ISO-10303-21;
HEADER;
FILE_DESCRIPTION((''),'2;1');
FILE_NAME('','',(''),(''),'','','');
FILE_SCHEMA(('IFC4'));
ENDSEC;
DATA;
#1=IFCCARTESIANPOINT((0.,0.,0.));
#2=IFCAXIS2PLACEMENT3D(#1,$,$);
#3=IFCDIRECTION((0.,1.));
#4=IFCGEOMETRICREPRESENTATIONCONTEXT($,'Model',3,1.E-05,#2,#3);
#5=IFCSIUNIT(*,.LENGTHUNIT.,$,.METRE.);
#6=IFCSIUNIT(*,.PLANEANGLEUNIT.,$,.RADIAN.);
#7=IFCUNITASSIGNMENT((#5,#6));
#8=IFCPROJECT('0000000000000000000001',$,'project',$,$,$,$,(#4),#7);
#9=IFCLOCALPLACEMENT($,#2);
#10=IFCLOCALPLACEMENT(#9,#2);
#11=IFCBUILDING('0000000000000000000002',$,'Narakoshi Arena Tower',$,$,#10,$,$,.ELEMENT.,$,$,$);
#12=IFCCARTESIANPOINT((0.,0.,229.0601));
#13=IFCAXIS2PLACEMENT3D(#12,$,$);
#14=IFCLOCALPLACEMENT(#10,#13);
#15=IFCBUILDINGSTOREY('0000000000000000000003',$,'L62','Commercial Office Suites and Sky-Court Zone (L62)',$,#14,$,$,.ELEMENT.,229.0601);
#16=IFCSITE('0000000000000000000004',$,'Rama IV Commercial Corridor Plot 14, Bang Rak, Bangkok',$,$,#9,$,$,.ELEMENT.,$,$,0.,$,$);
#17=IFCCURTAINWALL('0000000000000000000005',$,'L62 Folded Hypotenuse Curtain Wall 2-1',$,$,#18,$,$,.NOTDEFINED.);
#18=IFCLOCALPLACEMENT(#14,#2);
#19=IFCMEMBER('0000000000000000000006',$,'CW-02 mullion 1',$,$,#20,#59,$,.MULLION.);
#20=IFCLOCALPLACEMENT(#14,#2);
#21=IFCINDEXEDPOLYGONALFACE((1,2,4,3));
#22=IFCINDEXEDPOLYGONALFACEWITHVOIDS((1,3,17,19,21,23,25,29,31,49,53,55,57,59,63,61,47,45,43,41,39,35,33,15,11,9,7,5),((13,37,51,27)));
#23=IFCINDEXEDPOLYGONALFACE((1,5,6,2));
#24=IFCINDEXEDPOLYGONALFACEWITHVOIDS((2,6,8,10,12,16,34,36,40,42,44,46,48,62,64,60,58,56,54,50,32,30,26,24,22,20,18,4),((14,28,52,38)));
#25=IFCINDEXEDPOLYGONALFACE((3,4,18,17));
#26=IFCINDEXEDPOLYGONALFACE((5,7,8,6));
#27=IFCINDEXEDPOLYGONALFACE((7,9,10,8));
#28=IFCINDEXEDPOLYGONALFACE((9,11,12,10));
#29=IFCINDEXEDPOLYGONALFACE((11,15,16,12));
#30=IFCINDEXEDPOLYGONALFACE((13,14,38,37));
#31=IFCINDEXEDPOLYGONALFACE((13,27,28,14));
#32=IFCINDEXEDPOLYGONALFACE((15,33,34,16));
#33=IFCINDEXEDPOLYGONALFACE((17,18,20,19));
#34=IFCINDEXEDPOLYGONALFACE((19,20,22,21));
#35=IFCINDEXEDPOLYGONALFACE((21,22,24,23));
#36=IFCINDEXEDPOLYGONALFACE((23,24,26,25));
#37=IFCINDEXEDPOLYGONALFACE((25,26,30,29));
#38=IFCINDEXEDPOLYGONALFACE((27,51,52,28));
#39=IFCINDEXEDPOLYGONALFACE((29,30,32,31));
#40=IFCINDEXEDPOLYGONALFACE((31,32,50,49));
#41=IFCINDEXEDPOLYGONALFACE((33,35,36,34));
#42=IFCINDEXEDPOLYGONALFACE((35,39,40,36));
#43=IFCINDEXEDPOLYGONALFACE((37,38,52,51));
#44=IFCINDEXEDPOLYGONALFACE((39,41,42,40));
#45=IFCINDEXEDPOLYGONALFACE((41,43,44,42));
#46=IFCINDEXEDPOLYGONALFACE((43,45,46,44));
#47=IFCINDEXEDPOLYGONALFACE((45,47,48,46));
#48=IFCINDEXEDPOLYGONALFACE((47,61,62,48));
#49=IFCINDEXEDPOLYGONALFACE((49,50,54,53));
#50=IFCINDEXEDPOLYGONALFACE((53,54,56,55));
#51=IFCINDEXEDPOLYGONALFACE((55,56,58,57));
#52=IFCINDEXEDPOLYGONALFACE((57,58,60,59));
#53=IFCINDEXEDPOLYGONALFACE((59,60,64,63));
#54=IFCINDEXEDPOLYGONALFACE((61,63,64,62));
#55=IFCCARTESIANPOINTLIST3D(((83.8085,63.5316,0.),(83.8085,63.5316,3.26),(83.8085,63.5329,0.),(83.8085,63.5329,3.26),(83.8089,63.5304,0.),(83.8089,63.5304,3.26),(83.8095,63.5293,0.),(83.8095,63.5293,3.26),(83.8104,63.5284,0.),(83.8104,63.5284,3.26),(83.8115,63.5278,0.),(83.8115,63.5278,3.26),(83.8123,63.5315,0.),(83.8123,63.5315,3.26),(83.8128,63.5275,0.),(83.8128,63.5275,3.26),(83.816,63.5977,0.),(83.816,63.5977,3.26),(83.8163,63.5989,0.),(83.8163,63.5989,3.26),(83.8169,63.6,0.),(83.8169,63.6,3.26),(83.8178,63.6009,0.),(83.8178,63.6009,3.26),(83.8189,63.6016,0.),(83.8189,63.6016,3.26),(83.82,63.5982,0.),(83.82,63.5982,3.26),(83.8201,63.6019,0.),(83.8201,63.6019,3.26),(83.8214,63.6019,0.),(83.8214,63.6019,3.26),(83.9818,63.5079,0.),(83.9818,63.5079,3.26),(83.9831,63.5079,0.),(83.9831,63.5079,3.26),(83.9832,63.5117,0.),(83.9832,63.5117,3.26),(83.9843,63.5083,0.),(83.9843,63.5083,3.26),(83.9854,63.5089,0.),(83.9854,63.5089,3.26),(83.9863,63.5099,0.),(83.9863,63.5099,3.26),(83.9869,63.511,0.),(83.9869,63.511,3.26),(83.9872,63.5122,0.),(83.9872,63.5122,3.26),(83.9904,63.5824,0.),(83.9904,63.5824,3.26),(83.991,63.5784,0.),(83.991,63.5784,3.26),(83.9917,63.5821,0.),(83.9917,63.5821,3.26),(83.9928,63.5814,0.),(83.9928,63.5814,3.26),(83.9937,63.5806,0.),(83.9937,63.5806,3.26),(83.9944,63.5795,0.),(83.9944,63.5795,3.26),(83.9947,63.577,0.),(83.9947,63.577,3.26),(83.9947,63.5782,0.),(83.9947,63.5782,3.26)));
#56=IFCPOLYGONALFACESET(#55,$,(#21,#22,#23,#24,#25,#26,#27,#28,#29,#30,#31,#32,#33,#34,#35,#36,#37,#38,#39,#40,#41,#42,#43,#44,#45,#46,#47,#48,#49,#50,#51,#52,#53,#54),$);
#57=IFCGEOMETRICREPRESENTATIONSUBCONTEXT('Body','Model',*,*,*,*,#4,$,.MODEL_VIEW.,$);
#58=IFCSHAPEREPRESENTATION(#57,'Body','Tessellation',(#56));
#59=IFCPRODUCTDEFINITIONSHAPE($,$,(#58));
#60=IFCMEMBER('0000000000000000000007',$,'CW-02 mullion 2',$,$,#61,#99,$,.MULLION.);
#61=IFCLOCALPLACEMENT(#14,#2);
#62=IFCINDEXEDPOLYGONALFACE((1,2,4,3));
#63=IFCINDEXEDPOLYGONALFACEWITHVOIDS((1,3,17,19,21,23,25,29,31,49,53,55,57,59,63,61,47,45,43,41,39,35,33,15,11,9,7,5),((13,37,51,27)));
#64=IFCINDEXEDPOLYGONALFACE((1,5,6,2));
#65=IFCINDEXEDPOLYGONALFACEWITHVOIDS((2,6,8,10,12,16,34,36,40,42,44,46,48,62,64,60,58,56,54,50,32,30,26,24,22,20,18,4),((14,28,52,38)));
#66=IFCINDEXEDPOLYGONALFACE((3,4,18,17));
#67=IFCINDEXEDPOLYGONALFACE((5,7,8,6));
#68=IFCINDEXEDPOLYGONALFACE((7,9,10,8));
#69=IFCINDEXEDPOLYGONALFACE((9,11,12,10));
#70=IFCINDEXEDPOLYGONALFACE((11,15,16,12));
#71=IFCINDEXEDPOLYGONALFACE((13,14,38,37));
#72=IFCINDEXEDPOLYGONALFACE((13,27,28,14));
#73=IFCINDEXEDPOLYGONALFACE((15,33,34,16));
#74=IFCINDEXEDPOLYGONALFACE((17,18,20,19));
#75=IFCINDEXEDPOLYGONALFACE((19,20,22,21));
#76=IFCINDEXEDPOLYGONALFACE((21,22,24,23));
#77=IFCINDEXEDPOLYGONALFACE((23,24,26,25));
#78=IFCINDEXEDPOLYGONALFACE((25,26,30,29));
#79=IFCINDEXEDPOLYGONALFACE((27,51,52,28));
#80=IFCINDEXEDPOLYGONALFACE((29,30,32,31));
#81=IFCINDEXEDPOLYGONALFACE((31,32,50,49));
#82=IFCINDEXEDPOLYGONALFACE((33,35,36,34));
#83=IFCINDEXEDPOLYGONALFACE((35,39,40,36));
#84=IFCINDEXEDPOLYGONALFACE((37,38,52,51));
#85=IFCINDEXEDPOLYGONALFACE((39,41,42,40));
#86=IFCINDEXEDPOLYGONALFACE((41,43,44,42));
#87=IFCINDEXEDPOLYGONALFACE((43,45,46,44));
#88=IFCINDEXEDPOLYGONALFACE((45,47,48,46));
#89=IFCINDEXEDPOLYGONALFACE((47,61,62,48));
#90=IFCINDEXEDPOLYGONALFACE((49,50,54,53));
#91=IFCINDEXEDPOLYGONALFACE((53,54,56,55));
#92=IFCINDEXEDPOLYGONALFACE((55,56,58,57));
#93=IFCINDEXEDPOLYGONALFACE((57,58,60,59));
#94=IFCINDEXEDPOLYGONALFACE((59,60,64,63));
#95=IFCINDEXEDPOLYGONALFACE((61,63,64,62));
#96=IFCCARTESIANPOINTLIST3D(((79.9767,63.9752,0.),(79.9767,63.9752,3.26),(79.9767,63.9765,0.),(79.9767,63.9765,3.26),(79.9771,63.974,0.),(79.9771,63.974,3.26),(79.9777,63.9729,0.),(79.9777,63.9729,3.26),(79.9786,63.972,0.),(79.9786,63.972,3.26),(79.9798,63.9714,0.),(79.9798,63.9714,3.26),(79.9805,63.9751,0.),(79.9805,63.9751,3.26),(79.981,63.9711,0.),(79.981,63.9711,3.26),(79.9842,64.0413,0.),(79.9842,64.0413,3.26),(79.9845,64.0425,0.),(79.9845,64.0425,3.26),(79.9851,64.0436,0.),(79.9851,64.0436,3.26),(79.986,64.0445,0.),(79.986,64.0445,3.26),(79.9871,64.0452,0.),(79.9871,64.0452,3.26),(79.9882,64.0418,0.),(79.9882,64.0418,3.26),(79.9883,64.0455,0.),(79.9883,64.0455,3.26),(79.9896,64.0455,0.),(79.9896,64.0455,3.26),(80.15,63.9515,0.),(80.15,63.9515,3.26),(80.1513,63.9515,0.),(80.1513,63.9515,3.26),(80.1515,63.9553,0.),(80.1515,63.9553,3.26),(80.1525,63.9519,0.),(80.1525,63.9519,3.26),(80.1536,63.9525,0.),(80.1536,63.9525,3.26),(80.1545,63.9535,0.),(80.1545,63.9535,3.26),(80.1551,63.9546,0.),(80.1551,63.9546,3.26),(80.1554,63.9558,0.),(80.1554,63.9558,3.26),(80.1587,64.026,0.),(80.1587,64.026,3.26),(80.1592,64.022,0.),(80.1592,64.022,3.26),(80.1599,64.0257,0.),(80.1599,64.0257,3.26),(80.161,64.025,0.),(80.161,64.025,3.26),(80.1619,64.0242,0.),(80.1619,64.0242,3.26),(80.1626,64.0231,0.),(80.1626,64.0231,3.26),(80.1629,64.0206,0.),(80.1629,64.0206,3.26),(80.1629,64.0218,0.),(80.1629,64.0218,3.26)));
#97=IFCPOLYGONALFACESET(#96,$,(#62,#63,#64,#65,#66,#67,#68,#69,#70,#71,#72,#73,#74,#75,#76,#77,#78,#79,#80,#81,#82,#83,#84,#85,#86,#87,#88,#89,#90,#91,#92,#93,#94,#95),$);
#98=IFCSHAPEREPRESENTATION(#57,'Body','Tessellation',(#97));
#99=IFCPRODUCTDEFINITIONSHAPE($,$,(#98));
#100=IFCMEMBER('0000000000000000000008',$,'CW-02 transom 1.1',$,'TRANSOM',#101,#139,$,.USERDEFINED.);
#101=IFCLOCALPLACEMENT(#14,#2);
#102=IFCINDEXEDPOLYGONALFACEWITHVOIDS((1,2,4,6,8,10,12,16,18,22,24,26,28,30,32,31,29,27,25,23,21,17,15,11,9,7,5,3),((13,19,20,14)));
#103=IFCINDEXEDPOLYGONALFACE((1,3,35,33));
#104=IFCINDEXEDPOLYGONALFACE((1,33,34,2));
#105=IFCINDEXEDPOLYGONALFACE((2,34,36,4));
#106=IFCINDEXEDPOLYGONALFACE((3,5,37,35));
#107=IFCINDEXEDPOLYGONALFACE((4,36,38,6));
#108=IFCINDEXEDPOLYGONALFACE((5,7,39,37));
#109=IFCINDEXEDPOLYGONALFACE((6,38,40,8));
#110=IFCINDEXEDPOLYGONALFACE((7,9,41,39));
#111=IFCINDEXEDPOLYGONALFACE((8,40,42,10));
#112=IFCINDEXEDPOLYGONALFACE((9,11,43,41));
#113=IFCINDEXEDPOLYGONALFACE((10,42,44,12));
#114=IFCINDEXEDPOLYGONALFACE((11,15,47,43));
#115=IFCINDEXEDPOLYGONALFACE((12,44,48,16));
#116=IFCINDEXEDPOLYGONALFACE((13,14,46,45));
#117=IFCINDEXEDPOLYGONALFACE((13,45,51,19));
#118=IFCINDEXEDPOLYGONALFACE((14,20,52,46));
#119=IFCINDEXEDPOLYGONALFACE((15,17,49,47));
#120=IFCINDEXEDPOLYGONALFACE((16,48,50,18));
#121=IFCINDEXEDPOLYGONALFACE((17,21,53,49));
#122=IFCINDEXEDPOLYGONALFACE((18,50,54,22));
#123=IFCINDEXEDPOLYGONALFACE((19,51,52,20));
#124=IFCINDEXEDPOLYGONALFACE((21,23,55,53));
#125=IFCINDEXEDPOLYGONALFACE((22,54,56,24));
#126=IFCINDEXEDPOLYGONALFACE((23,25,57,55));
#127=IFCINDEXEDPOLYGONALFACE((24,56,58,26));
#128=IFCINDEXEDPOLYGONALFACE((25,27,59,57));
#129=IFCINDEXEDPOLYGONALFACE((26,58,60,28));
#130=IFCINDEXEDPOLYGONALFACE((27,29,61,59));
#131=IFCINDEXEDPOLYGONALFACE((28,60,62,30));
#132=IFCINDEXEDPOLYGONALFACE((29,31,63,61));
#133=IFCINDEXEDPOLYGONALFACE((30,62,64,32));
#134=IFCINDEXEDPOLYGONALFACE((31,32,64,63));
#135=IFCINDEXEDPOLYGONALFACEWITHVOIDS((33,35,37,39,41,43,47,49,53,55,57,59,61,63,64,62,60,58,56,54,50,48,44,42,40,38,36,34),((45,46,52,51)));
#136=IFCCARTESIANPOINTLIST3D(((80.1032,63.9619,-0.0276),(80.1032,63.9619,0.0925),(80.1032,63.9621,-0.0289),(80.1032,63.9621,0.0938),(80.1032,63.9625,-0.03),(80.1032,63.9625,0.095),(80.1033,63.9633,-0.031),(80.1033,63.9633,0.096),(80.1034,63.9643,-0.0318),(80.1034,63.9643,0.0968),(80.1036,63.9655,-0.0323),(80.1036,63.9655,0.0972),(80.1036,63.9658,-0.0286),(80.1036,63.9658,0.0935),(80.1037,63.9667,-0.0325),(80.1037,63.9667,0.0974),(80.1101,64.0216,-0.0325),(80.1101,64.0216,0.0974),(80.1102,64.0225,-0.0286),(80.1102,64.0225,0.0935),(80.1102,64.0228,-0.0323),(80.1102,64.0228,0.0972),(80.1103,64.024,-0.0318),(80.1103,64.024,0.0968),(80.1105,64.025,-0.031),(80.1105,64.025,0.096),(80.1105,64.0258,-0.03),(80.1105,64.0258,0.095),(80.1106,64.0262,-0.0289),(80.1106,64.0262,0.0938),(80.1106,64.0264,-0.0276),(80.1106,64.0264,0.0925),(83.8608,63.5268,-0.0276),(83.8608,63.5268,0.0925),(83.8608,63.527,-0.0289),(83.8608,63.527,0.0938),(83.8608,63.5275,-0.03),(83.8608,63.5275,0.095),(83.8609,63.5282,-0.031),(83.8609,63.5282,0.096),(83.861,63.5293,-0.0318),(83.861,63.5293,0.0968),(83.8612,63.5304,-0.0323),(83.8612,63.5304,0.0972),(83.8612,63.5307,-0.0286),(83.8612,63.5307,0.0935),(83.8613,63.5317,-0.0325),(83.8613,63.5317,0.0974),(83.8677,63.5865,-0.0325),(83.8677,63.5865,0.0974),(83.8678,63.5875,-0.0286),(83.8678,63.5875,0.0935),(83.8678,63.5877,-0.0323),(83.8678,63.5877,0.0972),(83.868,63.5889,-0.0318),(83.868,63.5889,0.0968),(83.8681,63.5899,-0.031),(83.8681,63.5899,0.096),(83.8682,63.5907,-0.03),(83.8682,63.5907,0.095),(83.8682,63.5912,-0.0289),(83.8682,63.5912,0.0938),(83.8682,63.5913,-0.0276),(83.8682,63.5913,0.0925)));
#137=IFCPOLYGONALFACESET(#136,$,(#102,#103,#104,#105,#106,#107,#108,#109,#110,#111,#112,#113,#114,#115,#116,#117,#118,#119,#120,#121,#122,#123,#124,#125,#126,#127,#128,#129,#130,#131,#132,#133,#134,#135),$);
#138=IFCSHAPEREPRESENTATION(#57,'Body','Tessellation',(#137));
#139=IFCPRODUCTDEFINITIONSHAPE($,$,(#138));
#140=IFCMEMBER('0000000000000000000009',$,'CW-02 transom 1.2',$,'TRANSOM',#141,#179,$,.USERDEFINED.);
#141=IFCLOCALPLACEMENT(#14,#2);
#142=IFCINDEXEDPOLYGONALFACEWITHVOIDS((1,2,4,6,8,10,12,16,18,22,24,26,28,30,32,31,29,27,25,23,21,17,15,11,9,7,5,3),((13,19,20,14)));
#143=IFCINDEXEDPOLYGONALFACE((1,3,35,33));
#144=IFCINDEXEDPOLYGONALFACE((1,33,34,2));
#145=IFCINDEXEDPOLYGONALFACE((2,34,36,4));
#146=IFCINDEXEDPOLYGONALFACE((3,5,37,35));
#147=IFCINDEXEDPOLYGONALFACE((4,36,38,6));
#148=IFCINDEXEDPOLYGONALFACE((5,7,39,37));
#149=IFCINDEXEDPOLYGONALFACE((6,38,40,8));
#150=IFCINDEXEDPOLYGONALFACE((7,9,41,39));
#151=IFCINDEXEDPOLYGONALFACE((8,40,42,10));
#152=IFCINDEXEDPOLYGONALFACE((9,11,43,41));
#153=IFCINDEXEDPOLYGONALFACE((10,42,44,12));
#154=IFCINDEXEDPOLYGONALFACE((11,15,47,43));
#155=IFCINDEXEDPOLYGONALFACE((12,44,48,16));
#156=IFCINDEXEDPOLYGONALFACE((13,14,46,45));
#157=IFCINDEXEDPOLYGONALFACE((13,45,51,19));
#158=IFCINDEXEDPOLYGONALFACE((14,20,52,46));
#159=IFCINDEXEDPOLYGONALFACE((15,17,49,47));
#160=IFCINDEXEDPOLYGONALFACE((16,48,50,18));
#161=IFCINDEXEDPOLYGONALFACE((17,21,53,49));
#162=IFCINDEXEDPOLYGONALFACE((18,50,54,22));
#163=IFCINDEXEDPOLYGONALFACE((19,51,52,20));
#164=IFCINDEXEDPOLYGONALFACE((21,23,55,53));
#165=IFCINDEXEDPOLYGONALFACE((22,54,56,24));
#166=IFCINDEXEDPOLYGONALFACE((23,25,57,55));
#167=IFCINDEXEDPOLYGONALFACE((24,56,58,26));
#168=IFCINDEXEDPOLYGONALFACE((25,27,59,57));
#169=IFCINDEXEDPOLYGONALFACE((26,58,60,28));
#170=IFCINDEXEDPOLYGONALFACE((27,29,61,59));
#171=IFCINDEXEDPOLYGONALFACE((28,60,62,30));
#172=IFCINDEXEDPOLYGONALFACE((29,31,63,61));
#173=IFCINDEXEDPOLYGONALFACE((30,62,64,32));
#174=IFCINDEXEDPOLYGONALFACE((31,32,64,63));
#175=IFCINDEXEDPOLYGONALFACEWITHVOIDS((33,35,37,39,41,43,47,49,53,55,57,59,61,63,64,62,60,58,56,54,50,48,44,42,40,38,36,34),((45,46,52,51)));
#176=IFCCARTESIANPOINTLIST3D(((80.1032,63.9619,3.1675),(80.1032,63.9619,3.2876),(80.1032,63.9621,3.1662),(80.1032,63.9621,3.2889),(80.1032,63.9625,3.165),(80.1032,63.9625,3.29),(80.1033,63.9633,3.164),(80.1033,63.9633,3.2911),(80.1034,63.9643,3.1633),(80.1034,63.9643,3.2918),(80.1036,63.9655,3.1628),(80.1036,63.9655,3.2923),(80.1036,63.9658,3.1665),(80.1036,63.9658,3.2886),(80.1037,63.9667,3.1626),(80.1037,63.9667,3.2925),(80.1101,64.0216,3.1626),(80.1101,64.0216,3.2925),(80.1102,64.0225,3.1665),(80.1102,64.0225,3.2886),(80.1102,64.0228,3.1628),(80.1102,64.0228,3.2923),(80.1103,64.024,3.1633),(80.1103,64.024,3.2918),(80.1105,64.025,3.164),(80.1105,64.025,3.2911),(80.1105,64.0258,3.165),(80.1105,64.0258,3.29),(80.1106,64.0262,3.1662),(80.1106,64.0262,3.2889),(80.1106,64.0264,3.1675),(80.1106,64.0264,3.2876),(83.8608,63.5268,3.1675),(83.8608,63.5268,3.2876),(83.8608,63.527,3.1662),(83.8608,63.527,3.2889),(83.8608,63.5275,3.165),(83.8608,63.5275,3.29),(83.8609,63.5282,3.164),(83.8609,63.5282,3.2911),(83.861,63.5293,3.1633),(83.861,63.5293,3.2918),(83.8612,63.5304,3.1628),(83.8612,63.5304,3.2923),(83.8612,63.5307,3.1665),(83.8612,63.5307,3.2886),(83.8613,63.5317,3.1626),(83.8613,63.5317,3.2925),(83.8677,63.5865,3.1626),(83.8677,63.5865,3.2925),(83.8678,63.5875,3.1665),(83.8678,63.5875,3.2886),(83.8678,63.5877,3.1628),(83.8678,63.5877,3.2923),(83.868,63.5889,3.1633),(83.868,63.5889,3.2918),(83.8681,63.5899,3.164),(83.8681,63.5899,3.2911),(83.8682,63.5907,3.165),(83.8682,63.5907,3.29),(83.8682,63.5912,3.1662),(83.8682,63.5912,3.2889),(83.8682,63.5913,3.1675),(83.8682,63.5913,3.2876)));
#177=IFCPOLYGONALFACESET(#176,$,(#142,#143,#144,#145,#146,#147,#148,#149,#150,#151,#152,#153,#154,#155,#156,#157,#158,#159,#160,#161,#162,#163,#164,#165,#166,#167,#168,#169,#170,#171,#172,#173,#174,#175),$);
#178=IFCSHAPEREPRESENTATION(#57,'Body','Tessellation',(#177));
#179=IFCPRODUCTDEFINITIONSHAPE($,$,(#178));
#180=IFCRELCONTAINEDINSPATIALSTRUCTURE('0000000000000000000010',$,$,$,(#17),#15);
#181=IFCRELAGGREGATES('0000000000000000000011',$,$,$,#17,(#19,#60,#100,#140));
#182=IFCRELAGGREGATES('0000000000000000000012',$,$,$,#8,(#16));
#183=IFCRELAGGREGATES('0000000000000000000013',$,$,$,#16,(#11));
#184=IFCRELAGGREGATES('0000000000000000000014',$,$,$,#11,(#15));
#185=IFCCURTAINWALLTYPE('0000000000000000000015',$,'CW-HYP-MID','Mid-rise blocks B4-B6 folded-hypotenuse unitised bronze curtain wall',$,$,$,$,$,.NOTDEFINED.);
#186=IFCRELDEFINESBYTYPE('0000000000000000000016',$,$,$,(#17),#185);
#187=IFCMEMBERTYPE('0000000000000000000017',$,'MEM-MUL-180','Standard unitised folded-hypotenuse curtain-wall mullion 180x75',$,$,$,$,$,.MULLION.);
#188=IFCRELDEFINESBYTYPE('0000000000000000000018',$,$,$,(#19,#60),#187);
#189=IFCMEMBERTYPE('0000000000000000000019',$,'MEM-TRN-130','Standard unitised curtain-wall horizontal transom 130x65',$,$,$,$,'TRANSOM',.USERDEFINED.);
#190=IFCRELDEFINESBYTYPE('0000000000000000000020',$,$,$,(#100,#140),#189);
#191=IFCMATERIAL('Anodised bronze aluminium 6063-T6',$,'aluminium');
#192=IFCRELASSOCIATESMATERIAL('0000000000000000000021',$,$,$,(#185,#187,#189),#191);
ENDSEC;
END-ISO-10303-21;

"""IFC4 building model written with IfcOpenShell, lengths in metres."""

from ifc_helpers import new_model, si_unit, direction, frame, origin, origin_2d, place, context, subcontext, project, spatial, hollow_rectangle, extrude, material, material_profile, profile_set, type_object, element, aggregate, save


model = new_model("IFC4")

# Units and contexts
model_context = context("Model", 3, precision=1e-05, world=origin(), true_north=direction((0.0, 1.0)))
body_context = subcontext(model_context, "Body", "Model", "MODEL_VIEW")
ifc_project = project(units=[si_unit("LENGTHUNIT", "METRE"), si_unit("PLANEANGLEUNIT", "RADIAN")], contexts=[model_context])

# Site, building, storey
site_placement = place(None, origin())
site = spatial("IfcSite", under=ifc_project, at=site_placement, Name="Rama IV Commercial Corridor Plot 14, Bang Rak, Bangkok", CompositionType="ELEMENT", RefElevation=0.0)
building_placement = place(site_placement, origin())
building = spatial("IfcBuilding", under=site, at=building_placement, Name="Narakoshi Arena Tower", CompositionType="ELEMENT")
storey_placement = place(building_placement, frame((0.0, 0.0, 229.0601)))
storey = spatial("IfcBuildingStorey", under=building, at=storey_placement, Name="L62", Description="Commercial Office Suites and Sky-Court Zone (L62)", CompositionType="ELEMENT", Elevation=229.0601)

# Curtain wall, members
ifc_material_1 = material(Name="Anodised bronze aluminium 6063-T6", Category="aluminium")
curtain_wall_type = type_object("IfcCurtainWallType", Name="CW-HYP-MID", Description="Mid-rise blocks B4-B6 folded-hypotenuse unitised bronze curtain wall", PredefinedType="NOTDEFINED", material=ifc_material_1)
curtain_wall_placement = place(storey_placement, origin())
curtain_wall = element("IfcCurtainWall", 1, at=curtain_wall_placement, inside=storey, type_object=curtain_wall_type, Name="L62 Folded Hypotenuse Curtain Wall 2-1", PredefinedType="NOTDEFINED")
ifc_material_profile_1 = material_profile(ifc_material_1, hollow_rectangle(XDim=0.075, YDim=0.1799, WallThickness=0.0039, OuterFilletRadius=0.0049, at=origin_2d()), Name="MUL180x75x4")
ifc_profile_set_1 = profile_set([ifc_material_profile_1], Name="Anodised bronze aluminium 6063-T6")
member_type_1 = type_object("IfcMemberType", Name="MEM-MUL-180", Description="Standard unitised folded-hypotenuse curtain-wall mullion 180x75", PredefinedType="MULLION", material=ifc_profile_set_1)
member_1_placement = place(storey_placement, frame((83.9016, 63.5549, 0.0), z_axis=(0.0, 0.0, 1.0), x_axis=(-0.115011, -0.993364, 0.0)))
member_1 = element("IfcMember", 2, at=member_1_placement, type_object=member_type_1, Name="CW-02 mullion 1", PredefinedType="MULLION", context=body_context, shape_type="SweptSolid", body=[
    extrude(hollow_rectangle(XDim=0.075, YDim=0.1799, WallThickness=0.0039, OuterFilletRadius=0.0049, at=origin_2d()), origin(), (0.0, 0.0, 1.0), 3.26),
])
member_2_placement = place(storey_placement, frame((80.0698, 63.9985, 0.0), z_axis=(0.0, 0.0, 1.0), x_axis=(-0.115011, -0.993364, 0.0)))
member_2 = element("IfcMember", 3, at=member_2_placement, type_object=member_type_1, Name="CW-02 mullion 2", PredefinedType="MULLION", context=body_context, shape_type="SweptSolid", body=[
    extrude(hollow_rectangle(XDim=0.075, YDim=0.1799, WallThickness=0.0039, OuterFilletRadius=0.0049, at=origin_2d()), origin(), (0.0, 0.0, 1.0), 3.26),
])
ifc_material_profile_2 = material_profile(ifc_material_1, hollow_rectangle(XDim=0.0649, YDim=0.1299, WallThickness=0.0039, OuterFilletRadius=0.0049, at=origin_2d()), Name="TRN130x65x4")
ifc_profile_set_2 = profile_set([ifc_material_profile_2], Name="Anodised bronze aluminium 6063-T6")
member_type_2 = type_object("IfcMemberType", Name="MEM-TRN-130", Description="Standard unitised curtain-wall horizontal transom 130x65", ElementType="TRANSOM", PredefinedType="USERDEFINED", material=ifc_profile_set_2)
member_3_placement = place(storey_placement, frame((83.8645, 63.5591, 0.0325), z_axis=(-0.993364, 0.115014, 0.0), x_axis=(-0.115014, -0.993364, 0.0)))
member_3 = element("IfcMember", 4, at=member_3_placement, type_object=member_type_2, Name="CW-02 transom 1.1", ObjectType="TRANSOM", PredefinedType="USERDEFINED", context=body_context, shape_type="SweptSolid", body=[
    extrude(hollow_rectangle(XDim=0.0649, YDim=0.1299, WallThickness=0.0039, OuterFilletRadius=0.0049, at=origin_2d()), origin(), (0.0, 0.0, 1.0), 3.7827),
])
member_4_placement = place(storey_placement, frame((83.8645, 63.5591, 3.2275), z_axis=(-0.993364, 0.115014, 0.0), x_axis=(-0.115014, -0.993364, 0.0)))
member_4 = element("IfcMember", 5, at=member_4_placement, type_object=member_type_2, Name="CW-02 transom 1.2", ObjectType="TRANSOM", PredefinedType="USERDEFINED", context=body_context, shape_type="SweptSolid", body=[
    extrude(hollow_rectangle(XDim=0.0649, YDim=0.1299, WallThickness=0.0039, OuterFilletRadius=0.0049, at=origin_2d()), origin(), (0.0, 0.0, 1.0), 3.7827),
])
aggregate(curtain_wall, [member_1, member_2, member_3, member_4])

save(model, "model.ifc")
